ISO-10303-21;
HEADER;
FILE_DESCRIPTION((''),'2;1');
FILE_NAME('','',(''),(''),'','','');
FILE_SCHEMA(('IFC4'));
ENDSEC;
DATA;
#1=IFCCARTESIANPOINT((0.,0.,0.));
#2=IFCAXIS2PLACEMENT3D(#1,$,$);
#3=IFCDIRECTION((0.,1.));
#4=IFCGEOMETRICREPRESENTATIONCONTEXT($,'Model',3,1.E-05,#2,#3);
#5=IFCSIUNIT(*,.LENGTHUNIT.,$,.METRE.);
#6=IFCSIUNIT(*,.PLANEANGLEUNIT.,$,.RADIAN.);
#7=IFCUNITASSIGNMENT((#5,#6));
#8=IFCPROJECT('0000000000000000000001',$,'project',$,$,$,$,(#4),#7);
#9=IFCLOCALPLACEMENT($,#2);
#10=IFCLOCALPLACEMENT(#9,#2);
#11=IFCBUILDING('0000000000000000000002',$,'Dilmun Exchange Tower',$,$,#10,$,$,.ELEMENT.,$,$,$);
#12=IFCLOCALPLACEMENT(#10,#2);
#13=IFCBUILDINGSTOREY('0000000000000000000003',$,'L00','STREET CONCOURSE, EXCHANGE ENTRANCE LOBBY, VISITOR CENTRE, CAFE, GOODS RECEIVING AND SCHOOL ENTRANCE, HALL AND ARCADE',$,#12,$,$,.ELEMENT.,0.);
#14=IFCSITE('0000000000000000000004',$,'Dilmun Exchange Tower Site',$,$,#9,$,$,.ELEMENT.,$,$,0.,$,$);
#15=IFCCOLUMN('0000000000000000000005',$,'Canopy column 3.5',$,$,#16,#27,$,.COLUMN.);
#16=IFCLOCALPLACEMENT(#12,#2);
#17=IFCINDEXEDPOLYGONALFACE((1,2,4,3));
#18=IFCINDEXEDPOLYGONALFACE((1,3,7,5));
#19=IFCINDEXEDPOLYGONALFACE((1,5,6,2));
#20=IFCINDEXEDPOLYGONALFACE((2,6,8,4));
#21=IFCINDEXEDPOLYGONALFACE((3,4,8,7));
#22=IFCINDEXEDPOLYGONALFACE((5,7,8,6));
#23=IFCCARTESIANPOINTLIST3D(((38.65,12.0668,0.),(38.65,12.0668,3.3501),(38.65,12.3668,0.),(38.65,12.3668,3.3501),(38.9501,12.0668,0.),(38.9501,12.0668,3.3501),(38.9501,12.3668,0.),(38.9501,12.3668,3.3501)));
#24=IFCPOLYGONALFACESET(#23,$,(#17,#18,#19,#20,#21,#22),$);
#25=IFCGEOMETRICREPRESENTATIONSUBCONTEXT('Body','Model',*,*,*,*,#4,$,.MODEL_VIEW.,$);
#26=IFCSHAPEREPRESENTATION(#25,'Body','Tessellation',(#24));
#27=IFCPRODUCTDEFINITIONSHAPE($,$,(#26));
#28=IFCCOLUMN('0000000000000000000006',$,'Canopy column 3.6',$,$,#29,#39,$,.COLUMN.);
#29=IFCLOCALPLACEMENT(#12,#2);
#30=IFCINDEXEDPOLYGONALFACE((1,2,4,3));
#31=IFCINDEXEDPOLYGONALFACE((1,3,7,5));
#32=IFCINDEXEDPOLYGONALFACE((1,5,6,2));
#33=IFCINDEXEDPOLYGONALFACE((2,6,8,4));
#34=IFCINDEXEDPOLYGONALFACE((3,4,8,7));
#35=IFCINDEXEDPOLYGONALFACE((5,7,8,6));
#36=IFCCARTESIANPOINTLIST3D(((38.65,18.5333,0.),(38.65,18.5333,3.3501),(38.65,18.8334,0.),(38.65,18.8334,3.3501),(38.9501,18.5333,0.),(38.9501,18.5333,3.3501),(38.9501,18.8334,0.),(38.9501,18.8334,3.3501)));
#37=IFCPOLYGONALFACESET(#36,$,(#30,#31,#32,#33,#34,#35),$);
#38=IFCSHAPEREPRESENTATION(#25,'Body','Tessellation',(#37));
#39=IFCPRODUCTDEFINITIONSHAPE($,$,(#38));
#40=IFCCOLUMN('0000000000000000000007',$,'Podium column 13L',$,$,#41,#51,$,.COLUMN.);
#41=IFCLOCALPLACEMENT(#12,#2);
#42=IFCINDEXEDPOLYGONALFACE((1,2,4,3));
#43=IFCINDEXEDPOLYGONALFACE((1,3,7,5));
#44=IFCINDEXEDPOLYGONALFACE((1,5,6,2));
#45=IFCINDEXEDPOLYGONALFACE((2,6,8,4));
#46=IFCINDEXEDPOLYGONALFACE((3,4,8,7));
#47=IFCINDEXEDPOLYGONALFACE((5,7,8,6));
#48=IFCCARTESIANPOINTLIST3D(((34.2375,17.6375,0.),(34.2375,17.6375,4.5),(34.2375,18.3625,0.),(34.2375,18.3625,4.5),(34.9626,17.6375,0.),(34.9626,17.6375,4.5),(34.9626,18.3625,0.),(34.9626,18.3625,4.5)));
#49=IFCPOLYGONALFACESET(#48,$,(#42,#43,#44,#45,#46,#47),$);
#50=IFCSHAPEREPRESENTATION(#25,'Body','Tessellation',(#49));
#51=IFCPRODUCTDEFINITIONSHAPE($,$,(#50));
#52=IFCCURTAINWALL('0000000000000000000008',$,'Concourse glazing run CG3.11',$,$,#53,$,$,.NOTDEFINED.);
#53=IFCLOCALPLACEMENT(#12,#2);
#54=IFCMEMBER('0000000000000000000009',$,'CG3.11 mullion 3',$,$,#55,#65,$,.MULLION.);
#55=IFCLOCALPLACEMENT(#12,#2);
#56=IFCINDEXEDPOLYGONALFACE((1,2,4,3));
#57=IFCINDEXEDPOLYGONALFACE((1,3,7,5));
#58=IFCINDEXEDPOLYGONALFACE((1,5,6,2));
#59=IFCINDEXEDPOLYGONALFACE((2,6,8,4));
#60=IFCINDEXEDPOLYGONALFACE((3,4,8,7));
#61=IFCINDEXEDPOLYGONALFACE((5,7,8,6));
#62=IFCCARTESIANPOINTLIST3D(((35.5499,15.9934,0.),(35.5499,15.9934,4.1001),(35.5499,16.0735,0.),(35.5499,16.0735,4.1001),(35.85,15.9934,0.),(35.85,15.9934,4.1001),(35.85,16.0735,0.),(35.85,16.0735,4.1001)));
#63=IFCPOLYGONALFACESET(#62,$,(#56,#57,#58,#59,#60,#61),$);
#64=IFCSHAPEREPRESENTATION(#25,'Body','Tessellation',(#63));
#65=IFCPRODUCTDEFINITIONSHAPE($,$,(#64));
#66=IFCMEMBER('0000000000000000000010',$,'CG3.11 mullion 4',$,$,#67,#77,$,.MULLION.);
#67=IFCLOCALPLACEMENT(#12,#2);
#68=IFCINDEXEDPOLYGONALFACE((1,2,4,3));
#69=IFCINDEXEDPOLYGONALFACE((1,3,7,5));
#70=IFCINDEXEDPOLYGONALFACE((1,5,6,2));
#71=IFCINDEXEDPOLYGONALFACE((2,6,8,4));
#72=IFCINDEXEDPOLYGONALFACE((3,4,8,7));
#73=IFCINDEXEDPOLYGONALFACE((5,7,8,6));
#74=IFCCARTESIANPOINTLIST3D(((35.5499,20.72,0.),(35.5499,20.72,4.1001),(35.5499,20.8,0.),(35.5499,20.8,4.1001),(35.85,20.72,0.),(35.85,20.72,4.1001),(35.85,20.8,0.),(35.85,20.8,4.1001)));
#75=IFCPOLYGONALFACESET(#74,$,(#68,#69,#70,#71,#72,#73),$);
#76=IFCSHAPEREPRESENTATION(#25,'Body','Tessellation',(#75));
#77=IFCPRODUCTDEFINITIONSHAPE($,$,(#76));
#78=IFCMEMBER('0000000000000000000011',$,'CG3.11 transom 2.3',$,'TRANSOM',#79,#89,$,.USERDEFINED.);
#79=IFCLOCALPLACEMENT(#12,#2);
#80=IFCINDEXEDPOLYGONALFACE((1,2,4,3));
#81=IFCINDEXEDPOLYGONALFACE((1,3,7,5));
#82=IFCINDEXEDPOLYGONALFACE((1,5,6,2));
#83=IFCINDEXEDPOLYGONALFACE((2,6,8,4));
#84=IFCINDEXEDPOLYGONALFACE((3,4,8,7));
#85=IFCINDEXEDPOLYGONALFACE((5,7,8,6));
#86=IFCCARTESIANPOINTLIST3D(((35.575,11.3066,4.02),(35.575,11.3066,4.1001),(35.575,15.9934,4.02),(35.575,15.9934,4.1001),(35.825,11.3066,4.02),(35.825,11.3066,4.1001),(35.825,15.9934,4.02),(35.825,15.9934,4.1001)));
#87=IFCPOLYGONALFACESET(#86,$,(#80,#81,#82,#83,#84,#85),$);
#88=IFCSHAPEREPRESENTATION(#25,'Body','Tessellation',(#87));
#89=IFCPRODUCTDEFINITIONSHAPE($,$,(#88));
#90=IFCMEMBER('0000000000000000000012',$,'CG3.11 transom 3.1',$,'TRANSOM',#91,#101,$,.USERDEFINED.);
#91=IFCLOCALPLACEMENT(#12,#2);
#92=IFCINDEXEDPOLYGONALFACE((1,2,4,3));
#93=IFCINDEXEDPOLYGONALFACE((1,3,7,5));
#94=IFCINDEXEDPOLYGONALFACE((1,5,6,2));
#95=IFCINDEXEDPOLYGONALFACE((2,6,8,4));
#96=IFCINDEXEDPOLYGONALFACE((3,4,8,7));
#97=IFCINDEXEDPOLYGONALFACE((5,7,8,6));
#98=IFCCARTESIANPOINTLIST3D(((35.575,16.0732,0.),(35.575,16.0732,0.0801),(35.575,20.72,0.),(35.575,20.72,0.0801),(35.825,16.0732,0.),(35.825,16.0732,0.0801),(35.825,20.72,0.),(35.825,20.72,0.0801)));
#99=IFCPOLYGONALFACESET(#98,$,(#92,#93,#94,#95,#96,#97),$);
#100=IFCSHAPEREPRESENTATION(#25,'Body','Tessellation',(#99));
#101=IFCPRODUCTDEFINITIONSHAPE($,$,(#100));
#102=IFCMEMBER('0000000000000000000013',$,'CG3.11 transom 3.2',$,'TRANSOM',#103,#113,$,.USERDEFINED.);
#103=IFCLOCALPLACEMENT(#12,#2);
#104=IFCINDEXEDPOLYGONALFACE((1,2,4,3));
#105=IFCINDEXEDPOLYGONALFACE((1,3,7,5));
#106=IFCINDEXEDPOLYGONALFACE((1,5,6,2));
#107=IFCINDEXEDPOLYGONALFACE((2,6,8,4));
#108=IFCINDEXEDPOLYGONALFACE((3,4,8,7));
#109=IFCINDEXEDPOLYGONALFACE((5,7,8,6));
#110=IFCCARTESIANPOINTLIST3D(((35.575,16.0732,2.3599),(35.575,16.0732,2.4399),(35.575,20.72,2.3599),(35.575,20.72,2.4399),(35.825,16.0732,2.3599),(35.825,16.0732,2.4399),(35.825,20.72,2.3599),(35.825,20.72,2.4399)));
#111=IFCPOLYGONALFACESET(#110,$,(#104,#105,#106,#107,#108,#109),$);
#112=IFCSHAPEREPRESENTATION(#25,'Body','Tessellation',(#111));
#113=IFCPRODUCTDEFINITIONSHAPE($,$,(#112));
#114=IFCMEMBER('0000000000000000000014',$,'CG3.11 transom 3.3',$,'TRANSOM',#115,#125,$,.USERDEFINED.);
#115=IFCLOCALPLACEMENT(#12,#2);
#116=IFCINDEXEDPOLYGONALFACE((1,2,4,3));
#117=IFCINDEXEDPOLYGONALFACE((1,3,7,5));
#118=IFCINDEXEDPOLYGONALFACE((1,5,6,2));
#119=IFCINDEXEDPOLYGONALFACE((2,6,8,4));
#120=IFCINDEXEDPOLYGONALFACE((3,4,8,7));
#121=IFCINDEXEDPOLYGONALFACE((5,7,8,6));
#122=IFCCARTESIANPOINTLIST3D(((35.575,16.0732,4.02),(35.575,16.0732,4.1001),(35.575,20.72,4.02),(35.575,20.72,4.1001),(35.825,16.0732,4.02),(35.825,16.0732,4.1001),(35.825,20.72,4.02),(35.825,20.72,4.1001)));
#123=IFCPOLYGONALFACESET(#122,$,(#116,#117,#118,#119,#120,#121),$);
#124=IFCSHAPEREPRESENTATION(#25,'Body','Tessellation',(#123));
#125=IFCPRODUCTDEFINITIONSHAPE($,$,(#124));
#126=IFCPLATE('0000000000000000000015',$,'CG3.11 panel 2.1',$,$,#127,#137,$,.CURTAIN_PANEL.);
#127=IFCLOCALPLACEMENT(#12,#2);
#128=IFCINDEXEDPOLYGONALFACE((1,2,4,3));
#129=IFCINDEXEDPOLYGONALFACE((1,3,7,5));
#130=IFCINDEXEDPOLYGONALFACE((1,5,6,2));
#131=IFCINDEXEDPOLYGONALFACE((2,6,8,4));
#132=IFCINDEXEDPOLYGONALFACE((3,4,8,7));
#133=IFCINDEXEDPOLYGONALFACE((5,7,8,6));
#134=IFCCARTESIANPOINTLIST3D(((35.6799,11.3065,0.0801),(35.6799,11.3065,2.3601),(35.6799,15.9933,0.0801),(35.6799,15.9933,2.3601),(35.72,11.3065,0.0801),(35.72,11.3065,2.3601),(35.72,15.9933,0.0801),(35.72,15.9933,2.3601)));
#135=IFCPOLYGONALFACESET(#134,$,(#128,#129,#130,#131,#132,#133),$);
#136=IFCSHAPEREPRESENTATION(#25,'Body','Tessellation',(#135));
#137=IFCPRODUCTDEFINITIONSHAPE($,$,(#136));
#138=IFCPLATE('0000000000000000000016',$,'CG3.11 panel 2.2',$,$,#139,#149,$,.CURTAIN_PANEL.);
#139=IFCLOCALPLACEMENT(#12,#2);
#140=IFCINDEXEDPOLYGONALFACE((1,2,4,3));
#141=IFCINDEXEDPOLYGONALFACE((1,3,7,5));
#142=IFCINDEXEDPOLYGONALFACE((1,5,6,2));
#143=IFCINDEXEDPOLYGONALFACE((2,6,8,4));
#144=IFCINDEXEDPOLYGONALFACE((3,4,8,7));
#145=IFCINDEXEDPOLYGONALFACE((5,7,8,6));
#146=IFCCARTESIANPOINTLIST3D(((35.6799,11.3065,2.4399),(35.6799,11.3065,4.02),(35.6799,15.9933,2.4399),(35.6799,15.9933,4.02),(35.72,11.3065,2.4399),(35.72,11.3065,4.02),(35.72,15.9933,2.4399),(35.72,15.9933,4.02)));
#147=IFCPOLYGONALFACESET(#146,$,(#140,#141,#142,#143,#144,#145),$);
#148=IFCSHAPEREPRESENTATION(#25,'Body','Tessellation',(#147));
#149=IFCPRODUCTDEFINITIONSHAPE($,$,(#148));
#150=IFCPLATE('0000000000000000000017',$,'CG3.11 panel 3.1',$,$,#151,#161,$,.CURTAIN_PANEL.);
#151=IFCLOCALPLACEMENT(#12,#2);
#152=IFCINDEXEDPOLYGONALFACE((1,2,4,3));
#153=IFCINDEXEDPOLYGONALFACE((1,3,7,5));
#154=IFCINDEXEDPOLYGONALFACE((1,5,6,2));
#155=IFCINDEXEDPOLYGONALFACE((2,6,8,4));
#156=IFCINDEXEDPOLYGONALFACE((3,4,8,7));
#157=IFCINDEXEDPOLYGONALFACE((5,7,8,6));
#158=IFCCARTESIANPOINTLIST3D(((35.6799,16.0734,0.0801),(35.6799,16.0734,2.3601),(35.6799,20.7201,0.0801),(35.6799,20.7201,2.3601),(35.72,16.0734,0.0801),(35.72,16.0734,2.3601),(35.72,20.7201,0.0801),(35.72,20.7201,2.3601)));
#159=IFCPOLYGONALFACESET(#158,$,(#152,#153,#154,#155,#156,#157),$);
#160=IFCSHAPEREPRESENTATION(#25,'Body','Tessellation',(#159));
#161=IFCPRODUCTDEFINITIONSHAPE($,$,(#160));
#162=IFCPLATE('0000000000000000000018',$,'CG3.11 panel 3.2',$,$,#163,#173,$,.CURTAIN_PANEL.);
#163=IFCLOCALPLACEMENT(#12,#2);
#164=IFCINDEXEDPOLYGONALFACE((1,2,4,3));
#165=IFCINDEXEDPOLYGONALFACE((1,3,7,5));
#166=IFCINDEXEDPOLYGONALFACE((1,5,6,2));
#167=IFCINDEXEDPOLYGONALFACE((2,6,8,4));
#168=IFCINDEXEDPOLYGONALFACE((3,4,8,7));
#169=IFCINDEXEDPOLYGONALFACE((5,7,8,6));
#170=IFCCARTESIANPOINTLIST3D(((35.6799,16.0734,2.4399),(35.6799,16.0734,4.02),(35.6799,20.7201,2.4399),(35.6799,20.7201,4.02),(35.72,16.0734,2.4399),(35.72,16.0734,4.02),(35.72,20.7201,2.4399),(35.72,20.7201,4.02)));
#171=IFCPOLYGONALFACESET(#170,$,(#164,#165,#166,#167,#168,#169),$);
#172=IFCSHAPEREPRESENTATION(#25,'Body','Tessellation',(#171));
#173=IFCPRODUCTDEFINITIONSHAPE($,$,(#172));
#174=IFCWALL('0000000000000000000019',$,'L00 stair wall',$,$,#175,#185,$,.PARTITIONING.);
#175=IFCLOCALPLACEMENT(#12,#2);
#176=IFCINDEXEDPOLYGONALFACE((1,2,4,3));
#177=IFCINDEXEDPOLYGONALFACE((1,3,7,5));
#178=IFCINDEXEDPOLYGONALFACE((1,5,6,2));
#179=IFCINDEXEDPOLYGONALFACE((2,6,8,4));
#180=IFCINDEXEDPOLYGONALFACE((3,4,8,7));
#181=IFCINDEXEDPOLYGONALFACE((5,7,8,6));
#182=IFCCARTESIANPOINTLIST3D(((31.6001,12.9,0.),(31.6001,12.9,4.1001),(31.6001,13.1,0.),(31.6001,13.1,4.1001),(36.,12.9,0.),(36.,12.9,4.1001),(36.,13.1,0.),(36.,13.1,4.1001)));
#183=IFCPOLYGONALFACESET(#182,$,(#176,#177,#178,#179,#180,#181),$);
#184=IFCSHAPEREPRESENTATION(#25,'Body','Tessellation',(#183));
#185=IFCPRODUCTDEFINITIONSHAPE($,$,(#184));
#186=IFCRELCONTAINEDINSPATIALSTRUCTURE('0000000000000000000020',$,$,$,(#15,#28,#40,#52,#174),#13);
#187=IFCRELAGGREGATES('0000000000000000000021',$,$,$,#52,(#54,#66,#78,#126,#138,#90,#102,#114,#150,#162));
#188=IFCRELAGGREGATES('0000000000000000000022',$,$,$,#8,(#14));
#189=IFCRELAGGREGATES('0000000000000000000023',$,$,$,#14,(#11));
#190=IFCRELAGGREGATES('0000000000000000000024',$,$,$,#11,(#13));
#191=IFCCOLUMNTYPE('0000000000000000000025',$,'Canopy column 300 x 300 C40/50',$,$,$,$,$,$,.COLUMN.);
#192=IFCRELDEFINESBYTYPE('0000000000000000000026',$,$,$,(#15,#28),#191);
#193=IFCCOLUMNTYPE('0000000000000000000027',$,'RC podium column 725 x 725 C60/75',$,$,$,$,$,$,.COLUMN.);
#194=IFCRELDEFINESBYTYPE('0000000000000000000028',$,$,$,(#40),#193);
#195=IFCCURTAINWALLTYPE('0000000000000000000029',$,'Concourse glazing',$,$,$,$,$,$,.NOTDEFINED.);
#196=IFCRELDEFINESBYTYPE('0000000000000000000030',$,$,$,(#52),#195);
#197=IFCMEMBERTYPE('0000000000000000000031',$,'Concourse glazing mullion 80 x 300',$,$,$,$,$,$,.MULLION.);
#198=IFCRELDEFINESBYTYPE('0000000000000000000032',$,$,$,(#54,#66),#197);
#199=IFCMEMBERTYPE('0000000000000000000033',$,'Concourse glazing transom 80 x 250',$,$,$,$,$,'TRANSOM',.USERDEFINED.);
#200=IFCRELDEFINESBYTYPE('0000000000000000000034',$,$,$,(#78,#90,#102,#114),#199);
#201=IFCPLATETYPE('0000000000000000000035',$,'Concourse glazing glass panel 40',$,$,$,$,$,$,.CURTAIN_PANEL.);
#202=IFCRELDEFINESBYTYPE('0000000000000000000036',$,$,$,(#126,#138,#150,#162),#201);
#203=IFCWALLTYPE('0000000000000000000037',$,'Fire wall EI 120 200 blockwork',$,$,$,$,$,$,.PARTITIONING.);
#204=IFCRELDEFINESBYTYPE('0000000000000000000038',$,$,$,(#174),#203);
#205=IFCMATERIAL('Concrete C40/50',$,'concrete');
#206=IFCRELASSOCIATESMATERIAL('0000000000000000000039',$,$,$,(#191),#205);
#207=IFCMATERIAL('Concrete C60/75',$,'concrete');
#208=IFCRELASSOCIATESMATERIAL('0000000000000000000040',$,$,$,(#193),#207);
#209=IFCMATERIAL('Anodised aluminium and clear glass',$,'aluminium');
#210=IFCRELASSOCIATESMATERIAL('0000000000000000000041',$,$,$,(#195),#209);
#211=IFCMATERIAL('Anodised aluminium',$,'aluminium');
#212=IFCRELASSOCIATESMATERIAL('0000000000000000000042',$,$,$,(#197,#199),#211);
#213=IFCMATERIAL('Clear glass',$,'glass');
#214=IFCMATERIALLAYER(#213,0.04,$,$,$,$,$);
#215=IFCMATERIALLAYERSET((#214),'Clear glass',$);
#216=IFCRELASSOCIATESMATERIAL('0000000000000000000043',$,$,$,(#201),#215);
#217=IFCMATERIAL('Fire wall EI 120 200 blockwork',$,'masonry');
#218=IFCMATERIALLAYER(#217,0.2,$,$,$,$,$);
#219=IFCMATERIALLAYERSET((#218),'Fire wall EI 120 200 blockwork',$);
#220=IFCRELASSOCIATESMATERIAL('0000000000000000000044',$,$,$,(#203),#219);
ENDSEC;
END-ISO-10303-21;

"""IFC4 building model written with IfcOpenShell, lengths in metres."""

from ifc_helpers import new_model, si_unit, direction, frame, frame_2d, origin, origin_2d, place, context, subcontext, project, spatial, rectangle, extrude, material, layer, layer_set, material_profile, profile_set, type_object, element, aggregate, save


model = new_model("IFC4")

# Units and contexts
model_context = context("Model", 3, precision=1e-05, world=origin(), true_north=direction((0.0, 1.0)))
body_context = subcontext(model_context, "Body", "Model", "MODEL_VIEW")
ifc_project = project(units=[si_unit("LENGTHUNIT", "METRE"), si_unit("PLANEANGLEUNIT", "RADIAN")], contexts=[model_context])

# Site, building, storey
site_placement = place(None, origin())
site = spatial("IfcSite", under=ifc_project, at=site_placement, Name="Dilmun Exchange Tower Site", CompositionType="ELEMENT", RefElevation=0.0)
building_placement = place(site_placement, origin())
building = spatial("IfcBuilding", under=site, at=building_placement, Name="Dilmun Exchange Tower", CompositionType="ELEMENT")
storey_placement = place(building_placement, origin())
storey = spatial("IfcBuildingStorey", under=building, at=storey_placement, Name="L00", Description="STREET CONCOURSE, EXCHANGE ENTRANCE LOBBY, VISITOR CENTRE, CAFE, GOODS RECEIVING AND SCHOOL ENTRANCE, HALL AND ARCADE", CompositionType="ELEMENT", Elevation=0.0)

# Columns
ifc_material_1 = material(Name="Concrete C40/50", Category="concrete")
ifc_material_profile_1 = material_profile(ifc_material_1, rectangle(XDim=0.3, YDim=0.3, at=origin_2d()), Name="300 x 300")
ifc_profile_set_1 = profile_set([ifc_material_profile_1], Name="Concrete C40/50")
column_type_1 = type_object("IfcColumnType", Name="Canopy column 300 x 300 C40/50", PredefinedType="COLUMN", material=ifc_profile_set_1)
for number, where, z_axis, x_axis, name in (
    (1, (38.8, 12.2168, 0.0), (0.0, 0.0, 1.0), (0.0, 1.0, 0.0), "Canopy column 3.5"),
    (2, (38.8, 18.6833, 0.0), (0.0, 0.0, 1.0), (0.0, 1.0, 0.0), "Canopy column 3.6"),
):
    element("IfcColumn", number, at=place(storey_placement, frame(where, z_axis=z_axis, x_axis=x_axis)), inside=storey, type_object=column_type_1, Name=name, PredefinedType="COLUMN", context=body_context, shape_type="SweptSolid", body=[
        extrude(rectangle(XDim=0.3, YDim=0.3, at=origin_2d()), origin(), (0.0, 0.0, 1.0), 3.3501),
    ])
ifc_material_2 = material(Name="Concrete C60/75", Category="concrete")
ifc_material_profile_2 = material_profile(ifc_material_2, rectangle(XDim=0.7251, YDim=0.7251, at=origin_2d()), Name="725 x 725")
ifc_profile_set_2 = profile_set([ifc_material_profile_2], Name="Concrete C60/75")
column_type_2 = type_object("IfcColumnType", Name="RC podium column 725 x 725 C60/75", PredefinedType="COLUMN", material=ifc_profile_set_2)
column_placement = place(storey_placement, frame((34.6001, 18.0, 0.0), z_axis=(0.0, 0.0, 1.0), x_axis=(1.0, 0.0, 0.0)))
element("IfcColumn", 3, at=column_placement, inside=storey, type_object=column_type_2, Name="Podium column 13L", PredefinedType="COLUMN", context=body_context, shape_type="SweptSolid", body=[
    extrude(rectangle(XDim=0.7251, YDim=0.7251, at=origin_2d()), origin(), (0.0, 0.0, 1.0), 4.5),
])

# Curtain wall, members, plates
ifc_material_3 = material(Name="Anodised aluminium and clear glass", Category="aluminium")
curtain_wall_type = type_object("IfcCurtainWallType", Name="Concourse glazing", PredefinedType="NOTDEFINED", material=ifc_material_3)
curtain_wall_placement = place(storey_placement, origin())
curtain_wall = element("IfcCurtainWall", 4, at=curtain_wall_placement, inside=storey, type_object=curtain_wall_type, Name="Concourse glazing run CG3.11", PredefinedType="NOTDEFINED")
ifc_material_4 = material(Name="Anodised aluminium", Category="aluminium")
ifc_material_profile_3 = material_profile(ifc_material_4, rectangle(XDim=0.3, YDim=0.0801, at=origin_2d()), Name="AL 80x300")
ifc_profile_set_3 = profile_set([ifc_material_profile_3], Name="Anodised aluminium")
member_type_1 = type_object("IfcMemberType", Name="Concourse glazing mullion 80 x 300", PredefinedType="MULLION", material=ifc_profile_set_3)
member_1_placement = place(storey_placement, frame((35.7, 16.0334, 0.0), z_axis=(0.0, 0.0, 1.0), x_axis=(-1.0, 0.0, 0.0)))
member_1 = element("IfcMember", 5, at=member_1_placement, type_object=member_type_1, Name="CG3.11 mullion 3", PredefinedType="MULLION", context=body_context, shape_type="SweptSolid", body=[
    extrude(rectangle(XDim=0.3, YDim=0.0801, at=origin_2d()), origin(), (0.0, 0.0, 1.0), 4.1001),
])
member_2_placement = place(storey_placement, frame((35.7, 20.76, 0.0), z_axis=(0.0, 0.0, 1.0), x_axis=(-1.0, 0.0, 0.0)))
member_2 = element("IfcMember", 6, at=member_2_placement, type_object=member_type_1, Name="CG3.11 mullion 4", PredefinedType="MULLION", context=body_context, shape_type="SweptSolid", body=[
    extrude(rectangle(XDim=0.3, YDim=0.0801, at=origin_2d()), origin(), (0.0, 0.0, 1.0), 4.1001),
])
ifc_material_profile_4 = material_profile(ifc_material_4, rectangle(XDim=0.25, YDim=0.0801, at=origin_2d()), Name="AL 80x250")
ifc_profile_set_4 = profile_set([ifc_material_profile_4], Name="Anodised aluminium")
member_type_2 = type_object("IfcMemberType", Name="Concourse glazing transom 80 x 250", ElementType="TRANSOM", PredefinedType="USERDEFINED", material=ifc_profile_set_4)
member_3_placement = place(storey_placement, frame((35.7, 11.3066, 4.0601), z_axis=(0.0, 1.0, 0.0), x_axis=(-1.0, 0.0, 0.0)))
member_3 = element("IfcMember", 7, at=member_3_placement, type_object=member_type_2, Name="CG3.11 transom 2.3", ObjectType="TRANSOM", PredefinedType="USERDEFINED", context=body_context, shape_type="SweptSolid", body=[
    extrude(rectangle(XDim=0.25, YDim=0.0801, at=origin_2d()), origin(), (0.0, 0.0, 1.0), 4.6868),
])
member_4_placement = place(storey_placement, frame((35.7, 16.0732, 0.04), z_axis=(0.0, 1.0, 0.0), x_axis=(-1.0, 0.0, 0.0)))
member_4 = element("IfcMember", 8, at=member_4_placement, type_object=member_type_2, Name="CG3.11 transom 3.1", ObjectType="TRANSOM", PredefinedType="USERDEFINED", context=body_context, shape_type="SweptSolid", body=[
    extrude(rectangle(XDim=0.25, YDim=0.0801, at=origin_2d()), origin(), (0.0, 0.0, 1.0), 4.6467),
])
member_5_placement = place(storey_placement, frame((35.7, 16.0732, 2.3999), z_axis=(0.0, 1.0, 0.0), x_axis=(-1.0, 0.0, 0.0)))
member_5 = element("IfcMember", 9, at=member_5_placement, type_object=member_type_2, Name="CG3.11 transom 3.2", ObjectType="TRANSOM", PredefinedType="USERDEFINED", context=body_context, shape_type="SweptSolid", body=[
    extrude(rectangle(XDim=0.25, YDim=0.0801, at=origin_2d()), origin(), (0.0, 0.0, 1.0), 4.6467),
])
member_6_placement = place(storey_placement, frame((35.7, 16.0732, 4.0601), z_axis=(0.0, 1.0, 0.0), x_axis=(-1.0, 0.0, 0.0)))
member_6 = element("IfcMember", 10, at=member_6_placement, type_object=member_type_2, Name="CG3.11 transom 3.3", ObjectType="TRANSOM", PredefinedType="USERDEFINED", context=body_context, shape_type="SweptSolid", body=[
    extrude(rectangle(XDim=0.25, YDim=0.0801, at=origin_2d()), origin(), (0.0, 0.0, 1.0), 4.6467),
])
ifc_material_5 = material(Name="Clear glass", Category="glass")
ifc_layer_1 = layer(ifc_material_5, 0.04)
ifc_layer_set_1 = layer_set([ifc_layer_1], Name="Clear glass")
plate_type = type_object("IfcPlateType", Name="Concourse glazing glass panel 40", PredefinedType="CURTAIN_PANEL", material=ifc_layer_set_1)
plate_1_placement = place(storey_placement, frame((35.7, 13.6499, 0.0801), z_axis=(0.0, 0.0, 1.0), x_axis=(0.0, 1.0, 0.0)))
plate_1 = element("IfcPlate", 11, at=plate_1_placement, type_object=plate_type, Name="CG3.11 panel 2.1", PredefinedType="CURTAIN_PANEL", context=body_context, shape_type="SweptSolid", body=[
    extrude(rectangle(XDim=4.6868, YDim=0.04, at=origin_2d()), origin(), (0.0, 0.0, 1.0), 2.28),
])
plate_2_placement = place(storey_placement, frame((35.7, 13.6499, 2.4399), z_axis=(0.0, 0.0, 1.0), x_axis=(0.0, 1.0, 0.0)))
plate_2 = element("IfcPlate", 12, at=plate_2_placement, type_object=plate_type, Name="CG3.11 panel 2.2", PredefinedType="CURTAIN_PANEL", context=body_context, shape_type="SweptSolid", body=[
    extrude(rectangle(XDim=4.6868, YDim=0.04, at=origin_2d()), origin(), (0.0, 0.0, 1.0), 1.5801),
])
plate_3_placement = place(storey_placement, frame((35.7, 18.3967, 0.0801), z_axis=(0.0, 0.0, 1.0), x_axis=(0.0, 1.0, 0.0)))
plate_3 = element("IfcPlate", 13, at=plate_3_placement, type_object=plate_type, Name="CG3.11 panel 3.1", PredefinedType="CURTAIN_PANEL", context=body_context, shape_type="SweptSolid", body=[
    extrude(rectangle(XDim=4.6467, YDim=0.04, at=origin_2d()), origin(), (0.0, 0.0, 1.0), 2.28),
])
plate_4_placement = place(storey_placement, frame((35.7, 18.3967, 2.4399), z_axis=(0.0, 0.0, 1.0), x_axis=(0.0, 1.0, 0.0)))
plate_4 = element("IfcPlate", 14, at=plate_4_placement, type_object=plate_type, Name="CG3.11 panel 3.2", PredefinedType="CURTAIN_PANEL", context=body_context, shape_type="SweptSolid", body=[
    extrude(rectangle(XDim=4.6467, YDim=0.04, at=origin_2d()), origin(), (0.0, 0.0, 1.0), 1.5801),
])
aggregate(curtain_wall, [member_1, member_2, member_3, plate_1, plate_2, member_4, member_5, member_6, plate_3, plate_4])

# Wall
ifc_material_6 = material(Name="Fire wall EI 120 200 blockwork", Category="masonry")
ifc_layer_2 = layer(ifc_material_6, 0.2)
ifc_layer_set_2 = layer_set([ifc_layer_2], Name="Fire wall EI 120 200 blockwork")
wall_type_1 = type_object("IfcWallType", Name="Fire wall EI 120 200 blockwork", PredefinedType="PARTITIONING", material=ifc_layer_set_2)
wall_1_placement = place(storey_placement, frame((31.6001, 13.0, 0.0), z_axis=(0.0, 0.0, 1.0), x_axis=(1.0, 0.0, 0.0)))
element("IfcWall", 15, at=wall_1_placement, inside=storey, type_object=wall_type_1, Name="L00 stair wall", PredefinedType="PARTITIONING", context=body_context, shape_type="SweptSolid", body=[
    extrude(rectangle(XDim=4.3999, YDim=0.2, at=frame_2d((2.2, 0.0))), origin(), (0.0, 0.0, 1.0), 4.1001),
])

save(model, "model.ifc")
